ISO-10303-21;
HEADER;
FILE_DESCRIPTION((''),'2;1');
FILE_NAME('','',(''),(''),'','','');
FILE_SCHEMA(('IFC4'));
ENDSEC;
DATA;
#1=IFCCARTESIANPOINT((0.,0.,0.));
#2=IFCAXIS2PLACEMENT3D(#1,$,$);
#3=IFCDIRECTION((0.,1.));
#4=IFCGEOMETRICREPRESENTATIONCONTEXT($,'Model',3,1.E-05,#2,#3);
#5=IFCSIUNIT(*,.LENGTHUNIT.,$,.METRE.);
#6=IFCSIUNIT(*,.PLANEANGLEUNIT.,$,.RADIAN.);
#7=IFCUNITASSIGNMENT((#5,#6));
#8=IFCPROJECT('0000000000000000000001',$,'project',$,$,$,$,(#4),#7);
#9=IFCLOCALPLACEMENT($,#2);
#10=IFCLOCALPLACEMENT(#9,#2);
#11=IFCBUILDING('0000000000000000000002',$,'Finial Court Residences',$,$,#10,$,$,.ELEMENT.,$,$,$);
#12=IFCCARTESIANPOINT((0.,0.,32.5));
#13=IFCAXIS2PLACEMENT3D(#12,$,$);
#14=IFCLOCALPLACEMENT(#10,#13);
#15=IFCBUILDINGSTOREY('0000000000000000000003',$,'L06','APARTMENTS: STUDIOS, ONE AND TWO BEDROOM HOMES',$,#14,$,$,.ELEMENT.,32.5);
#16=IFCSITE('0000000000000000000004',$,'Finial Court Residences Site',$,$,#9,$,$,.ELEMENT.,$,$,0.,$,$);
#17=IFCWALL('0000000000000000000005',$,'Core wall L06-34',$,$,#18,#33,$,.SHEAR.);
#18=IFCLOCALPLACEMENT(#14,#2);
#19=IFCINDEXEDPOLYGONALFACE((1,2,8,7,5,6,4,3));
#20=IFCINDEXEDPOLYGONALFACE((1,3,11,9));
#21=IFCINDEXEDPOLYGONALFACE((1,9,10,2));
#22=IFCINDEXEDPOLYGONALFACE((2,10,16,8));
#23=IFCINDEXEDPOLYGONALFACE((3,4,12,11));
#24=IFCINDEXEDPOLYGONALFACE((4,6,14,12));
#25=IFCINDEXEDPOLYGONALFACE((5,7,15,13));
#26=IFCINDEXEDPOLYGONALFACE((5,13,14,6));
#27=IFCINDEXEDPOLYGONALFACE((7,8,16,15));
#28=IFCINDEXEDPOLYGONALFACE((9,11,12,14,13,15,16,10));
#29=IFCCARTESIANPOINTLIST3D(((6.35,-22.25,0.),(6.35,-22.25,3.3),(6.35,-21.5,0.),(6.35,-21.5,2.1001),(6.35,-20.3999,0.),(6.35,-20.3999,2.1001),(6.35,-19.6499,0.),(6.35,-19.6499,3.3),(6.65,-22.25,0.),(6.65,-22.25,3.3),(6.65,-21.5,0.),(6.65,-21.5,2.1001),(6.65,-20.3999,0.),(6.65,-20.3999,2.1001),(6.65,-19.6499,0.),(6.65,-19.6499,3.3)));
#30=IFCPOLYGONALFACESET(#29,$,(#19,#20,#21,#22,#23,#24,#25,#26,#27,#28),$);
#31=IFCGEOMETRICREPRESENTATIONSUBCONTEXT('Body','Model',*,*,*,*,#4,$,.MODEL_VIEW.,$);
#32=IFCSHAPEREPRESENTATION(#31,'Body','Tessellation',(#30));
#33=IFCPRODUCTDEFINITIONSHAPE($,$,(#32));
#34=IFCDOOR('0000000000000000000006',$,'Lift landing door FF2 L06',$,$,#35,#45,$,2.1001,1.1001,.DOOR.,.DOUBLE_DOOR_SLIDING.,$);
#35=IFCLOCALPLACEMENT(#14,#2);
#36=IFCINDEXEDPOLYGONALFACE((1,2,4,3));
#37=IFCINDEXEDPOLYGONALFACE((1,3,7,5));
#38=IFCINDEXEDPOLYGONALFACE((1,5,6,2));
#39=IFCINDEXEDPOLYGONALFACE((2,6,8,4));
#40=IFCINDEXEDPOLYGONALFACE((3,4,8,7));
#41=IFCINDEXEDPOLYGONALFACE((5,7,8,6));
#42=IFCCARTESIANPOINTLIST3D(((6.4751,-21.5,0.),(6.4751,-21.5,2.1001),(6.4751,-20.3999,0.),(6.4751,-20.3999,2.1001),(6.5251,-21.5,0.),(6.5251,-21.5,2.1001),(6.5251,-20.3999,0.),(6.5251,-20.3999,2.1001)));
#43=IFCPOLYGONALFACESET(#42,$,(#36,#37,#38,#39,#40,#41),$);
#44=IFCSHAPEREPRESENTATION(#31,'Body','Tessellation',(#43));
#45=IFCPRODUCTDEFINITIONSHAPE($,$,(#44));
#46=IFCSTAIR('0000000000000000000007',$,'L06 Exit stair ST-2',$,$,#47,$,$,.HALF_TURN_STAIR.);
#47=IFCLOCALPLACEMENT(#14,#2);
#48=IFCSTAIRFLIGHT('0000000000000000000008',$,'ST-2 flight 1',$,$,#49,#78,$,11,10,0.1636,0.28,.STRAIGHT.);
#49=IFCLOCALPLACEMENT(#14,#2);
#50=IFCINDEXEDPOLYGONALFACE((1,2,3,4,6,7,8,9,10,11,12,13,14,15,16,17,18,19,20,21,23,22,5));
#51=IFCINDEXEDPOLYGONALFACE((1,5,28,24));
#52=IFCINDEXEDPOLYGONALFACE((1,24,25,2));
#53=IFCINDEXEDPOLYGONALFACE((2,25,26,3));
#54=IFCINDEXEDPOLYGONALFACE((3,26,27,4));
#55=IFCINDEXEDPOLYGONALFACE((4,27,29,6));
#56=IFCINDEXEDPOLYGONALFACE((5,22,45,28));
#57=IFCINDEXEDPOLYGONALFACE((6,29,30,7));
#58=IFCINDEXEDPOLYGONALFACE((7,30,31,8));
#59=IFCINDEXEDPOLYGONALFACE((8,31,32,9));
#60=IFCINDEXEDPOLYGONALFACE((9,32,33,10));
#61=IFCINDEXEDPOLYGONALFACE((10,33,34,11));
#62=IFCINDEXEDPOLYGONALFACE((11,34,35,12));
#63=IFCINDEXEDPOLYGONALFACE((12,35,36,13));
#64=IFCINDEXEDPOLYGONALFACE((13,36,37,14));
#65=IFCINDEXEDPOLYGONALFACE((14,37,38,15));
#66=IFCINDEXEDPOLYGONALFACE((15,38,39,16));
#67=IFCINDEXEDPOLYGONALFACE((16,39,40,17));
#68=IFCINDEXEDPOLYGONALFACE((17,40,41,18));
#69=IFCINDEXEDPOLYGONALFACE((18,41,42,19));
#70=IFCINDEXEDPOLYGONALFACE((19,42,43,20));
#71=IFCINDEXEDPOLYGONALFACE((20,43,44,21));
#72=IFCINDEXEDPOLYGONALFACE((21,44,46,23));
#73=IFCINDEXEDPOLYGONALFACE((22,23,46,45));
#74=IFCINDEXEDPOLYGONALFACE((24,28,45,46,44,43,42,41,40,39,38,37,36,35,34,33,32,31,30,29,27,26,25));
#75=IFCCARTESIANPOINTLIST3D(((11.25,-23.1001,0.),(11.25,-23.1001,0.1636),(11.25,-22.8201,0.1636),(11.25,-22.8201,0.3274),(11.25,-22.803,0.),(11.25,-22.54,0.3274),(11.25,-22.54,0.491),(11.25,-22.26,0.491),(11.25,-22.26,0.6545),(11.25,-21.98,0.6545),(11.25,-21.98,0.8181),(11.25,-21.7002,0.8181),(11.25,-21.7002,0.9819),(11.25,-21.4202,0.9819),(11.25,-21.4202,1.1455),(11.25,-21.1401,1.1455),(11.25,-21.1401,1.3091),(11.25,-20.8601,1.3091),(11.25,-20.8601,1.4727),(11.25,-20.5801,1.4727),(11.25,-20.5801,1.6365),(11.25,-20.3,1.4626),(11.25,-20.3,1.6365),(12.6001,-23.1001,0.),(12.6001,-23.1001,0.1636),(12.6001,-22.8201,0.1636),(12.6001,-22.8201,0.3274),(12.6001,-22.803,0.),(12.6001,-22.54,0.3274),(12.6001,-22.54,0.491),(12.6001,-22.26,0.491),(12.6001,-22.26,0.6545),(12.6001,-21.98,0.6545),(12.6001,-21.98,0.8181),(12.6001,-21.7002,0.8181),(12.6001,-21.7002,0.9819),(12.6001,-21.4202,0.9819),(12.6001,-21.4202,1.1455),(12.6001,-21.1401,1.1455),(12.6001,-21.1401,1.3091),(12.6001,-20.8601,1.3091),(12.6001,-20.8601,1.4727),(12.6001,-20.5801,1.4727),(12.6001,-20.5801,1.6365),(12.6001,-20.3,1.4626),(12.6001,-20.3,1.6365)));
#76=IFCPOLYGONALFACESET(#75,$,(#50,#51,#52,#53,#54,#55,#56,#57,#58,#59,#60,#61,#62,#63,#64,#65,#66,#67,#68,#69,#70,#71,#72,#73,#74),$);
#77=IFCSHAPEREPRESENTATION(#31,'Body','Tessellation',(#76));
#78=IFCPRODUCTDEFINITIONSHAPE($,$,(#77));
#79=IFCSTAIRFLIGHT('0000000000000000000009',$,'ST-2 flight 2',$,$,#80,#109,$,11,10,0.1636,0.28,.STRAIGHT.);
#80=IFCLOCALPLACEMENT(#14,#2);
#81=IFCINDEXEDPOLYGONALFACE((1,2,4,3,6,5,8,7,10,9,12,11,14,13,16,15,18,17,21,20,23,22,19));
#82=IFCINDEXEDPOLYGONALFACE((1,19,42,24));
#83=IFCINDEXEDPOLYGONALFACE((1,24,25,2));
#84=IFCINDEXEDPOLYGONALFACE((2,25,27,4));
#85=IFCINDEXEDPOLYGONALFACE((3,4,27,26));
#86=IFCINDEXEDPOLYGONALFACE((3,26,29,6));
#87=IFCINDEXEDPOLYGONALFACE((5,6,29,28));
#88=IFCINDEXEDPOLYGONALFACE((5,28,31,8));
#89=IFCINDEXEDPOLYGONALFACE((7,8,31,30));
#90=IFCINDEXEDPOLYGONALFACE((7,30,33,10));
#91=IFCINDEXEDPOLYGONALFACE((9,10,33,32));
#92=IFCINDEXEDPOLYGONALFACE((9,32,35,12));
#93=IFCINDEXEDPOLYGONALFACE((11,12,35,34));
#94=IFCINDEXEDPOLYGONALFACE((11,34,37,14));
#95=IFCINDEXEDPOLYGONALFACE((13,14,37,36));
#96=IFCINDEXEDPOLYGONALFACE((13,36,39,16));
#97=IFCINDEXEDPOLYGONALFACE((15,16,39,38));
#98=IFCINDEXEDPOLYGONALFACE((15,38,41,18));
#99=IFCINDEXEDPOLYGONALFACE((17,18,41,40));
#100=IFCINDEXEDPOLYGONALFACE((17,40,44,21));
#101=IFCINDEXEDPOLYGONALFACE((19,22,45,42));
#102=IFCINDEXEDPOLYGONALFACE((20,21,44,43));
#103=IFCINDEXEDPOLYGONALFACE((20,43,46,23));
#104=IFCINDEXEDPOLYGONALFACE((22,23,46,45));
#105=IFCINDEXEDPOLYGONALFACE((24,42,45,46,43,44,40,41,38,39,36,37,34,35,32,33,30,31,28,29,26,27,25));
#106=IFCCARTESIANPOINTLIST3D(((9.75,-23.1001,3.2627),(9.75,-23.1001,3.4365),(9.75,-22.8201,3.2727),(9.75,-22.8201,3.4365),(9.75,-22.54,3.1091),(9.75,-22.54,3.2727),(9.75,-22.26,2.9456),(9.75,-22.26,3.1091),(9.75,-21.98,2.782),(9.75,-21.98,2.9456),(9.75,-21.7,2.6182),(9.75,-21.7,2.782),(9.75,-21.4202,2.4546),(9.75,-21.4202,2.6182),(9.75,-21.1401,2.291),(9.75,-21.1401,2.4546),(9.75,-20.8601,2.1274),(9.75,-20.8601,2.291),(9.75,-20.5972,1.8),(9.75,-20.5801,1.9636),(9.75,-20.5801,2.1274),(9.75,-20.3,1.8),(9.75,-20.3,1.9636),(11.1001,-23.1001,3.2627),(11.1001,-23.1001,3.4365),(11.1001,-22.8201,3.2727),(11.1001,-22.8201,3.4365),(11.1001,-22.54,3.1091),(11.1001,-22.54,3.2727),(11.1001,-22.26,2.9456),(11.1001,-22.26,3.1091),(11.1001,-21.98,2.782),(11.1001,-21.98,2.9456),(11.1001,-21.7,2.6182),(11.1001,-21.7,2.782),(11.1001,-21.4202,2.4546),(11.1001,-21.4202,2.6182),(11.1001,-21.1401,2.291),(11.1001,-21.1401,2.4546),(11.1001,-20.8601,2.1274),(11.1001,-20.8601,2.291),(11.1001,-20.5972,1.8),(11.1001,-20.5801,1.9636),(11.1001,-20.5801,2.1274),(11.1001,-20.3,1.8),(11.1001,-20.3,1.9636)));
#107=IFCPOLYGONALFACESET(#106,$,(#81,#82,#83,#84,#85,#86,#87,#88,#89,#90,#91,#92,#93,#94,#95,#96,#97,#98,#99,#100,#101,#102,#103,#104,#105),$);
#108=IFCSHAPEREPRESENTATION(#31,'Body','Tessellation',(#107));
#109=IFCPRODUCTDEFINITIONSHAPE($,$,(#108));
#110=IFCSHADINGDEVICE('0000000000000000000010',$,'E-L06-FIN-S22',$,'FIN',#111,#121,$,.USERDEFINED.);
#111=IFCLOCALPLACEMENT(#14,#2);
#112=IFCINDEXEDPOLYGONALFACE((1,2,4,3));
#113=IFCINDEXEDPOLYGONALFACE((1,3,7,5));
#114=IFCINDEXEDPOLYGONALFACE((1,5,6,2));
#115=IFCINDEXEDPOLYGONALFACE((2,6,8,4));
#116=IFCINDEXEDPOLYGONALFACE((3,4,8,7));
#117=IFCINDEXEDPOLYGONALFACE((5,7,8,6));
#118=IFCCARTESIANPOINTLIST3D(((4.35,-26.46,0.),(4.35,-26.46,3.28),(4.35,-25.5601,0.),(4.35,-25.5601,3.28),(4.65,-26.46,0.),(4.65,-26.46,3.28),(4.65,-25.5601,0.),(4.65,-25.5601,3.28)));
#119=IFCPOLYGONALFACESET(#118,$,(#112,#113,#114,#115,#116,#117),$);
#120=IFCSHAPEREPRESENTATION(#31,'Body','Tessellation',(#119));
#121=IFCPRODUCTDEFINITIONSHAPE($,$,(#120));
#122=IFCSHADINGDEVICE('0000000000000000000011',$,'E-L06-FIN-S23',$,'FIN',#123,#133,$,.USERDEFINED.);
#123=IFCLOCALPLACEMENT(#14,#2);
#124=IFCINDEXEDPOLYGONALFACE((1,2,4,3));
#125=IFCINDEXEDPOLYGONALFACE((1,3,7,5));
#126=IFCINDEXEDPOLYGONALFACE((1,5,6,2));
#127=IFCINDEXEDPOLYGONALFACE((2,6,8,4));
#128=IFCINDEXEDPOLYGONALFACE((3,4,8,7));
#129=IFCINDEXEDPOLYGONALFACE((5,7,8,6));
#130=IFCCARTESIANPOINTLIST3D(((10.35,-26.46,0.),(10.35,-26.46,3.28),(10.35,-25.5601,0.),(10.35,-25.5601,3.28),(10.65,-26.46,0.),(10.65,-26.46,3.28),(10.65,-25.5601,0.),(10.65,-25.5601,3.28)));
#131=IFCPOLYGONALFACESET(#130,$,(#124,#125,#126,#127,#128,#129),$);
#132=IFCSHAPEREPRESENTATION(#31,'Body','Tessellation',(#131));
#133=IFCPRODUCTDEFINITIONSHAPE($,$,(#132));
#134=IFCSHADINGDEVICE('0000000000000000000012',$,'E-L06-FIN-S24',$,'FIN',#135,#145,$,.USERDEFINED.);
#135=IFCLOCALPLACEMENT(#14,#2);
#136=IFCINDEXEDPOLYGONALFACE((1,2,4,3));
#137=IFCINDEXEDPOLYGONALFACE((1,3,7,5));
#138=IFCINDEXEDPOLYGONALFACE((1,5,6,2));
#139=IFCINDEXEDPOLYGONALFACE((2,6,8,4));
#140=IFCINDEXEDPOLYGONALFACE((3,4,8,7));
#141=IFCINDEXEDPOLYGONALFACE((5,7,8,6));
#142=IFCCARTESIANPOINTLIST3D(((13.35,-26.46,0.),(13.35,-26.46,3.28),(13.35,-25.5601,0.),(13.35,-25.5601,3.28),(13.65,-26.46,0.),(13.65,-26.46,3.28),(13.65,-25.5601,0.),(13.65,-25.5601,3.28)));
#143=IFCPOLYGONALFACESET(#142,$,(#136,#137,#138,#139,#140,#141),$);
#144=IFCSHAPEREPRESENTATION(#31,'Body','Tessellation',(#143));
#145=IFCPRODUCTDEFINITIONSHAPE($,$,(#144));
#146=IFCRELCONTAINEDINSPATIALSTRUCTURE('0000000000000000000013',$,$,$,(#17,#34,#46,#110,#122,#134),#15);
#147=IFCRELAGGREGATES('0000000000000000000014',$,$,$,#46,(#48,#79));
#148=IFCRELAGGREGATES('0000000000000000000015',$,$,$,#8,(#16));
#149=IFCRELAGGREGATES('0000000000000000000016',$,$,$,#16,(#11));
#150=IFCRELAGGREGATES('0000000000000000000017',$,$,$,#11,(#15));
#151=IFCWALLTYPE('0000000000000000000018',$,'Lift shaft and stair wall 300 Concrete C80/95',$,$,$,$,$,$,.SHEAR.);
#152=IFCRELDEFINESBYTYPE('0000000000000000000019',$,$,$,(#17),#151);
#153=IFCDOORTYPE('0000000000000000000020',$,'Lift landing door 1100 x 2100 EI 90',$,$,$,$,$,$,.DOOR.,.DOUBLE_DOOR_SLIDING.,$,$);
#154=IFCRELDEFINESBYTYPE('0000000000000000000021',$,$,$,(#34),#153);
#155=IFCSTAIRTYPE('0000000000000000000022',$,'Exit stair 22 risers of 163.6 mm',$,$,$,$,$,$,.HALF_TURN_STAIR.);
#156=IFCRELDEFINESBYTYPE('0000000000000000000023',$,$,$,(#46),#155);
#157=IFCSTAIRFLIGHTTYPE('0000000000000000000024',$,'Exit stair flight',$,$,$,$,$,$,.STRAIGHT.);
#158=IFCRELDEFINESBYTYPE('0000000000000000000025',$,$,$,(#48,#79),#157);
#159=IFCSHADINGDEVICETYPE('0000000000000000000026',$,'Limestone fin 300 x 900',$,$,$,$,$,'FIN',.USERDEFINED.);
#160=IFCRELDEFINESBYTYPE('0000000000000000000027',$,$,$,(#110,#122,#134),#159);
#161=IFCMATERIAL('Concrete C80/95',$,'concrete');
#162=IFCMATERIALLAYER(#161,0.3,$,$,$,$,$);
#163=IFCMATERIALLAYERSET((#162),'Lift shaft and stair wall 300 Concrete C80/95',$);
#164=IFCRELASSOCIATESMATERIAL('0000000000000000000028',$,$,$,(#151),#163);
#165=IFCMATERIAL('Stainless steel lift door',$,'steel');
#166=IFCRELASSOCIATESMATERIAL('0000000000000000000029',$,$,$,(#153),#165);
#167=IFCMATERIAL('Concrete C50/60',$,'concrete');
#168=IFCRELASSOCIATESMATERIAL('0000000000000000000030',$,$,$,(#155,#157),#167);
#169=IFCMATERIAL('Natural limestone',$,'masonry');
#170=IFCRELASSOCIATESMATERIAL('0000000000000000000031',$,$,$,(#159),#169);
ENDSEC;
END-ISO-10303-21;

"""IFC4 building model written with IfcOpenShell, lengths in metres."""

from ifc_helpers import new_model, si_unit, direction, frame, frame_2d, origin, origin_2d, place, context, subcontext, project, spatial, polyline, rectangle, outline, extrude, material, layer, layer_set, type_object, element, fill, aggregate, save


model = new_model("IFC4")

# Units and contexts
model_context = context("Model", 3, precision=1e-05, world=origin(), true_north=direction((0.0, 1.0)))
body_context = subcontext(model_context, "Body", "Model", "MODEL_VIEW")
ifc_project = project(units=[si_unit("LENGTHUNIT", "METRE"), si_unit("PLANEANGLEUNIT", "RADIAN")], contexts=[model_context])

# Site, building, storey
site_placement = place(None, origin())
site = spatial("IfcSite", under=ifc_project, at=site_placement, Name="Finial Court Residences Site", CompositionType="ELEMENT", RefElevation=0.0)
building_placement = place(site_placement, origin())
building = spatial("IfcBuilding", under=site, at=building_placement, Name="Finial Court Residences", CompositionType="ELEMENT")
storey_placement = place(building_placement, frame((0.0, 0.0, 32.5)))
storey = spatial("IfcBuildingStorey", under=building, at=storey_placement, Name="L06", Description="APARTMENTS: STUDIOS, ONE AND TWO BEDROOM HOMES", CompositionType="ELEMENT", Elevation=32.5)

# Shared definitions
ifc_material_1 = material(Name="Concrete C80/95", Category="concrete")

# Shared definitions
ifc_layer_1 = layer(ifc_material_1, 0.3)
ifc_layer_set_1 = layer_set([ifc_layer_1], Name="Lift shaft and stair wall 300 Concrete C80/95")
wall_type_1 = type_object("IfcWallType", Name="Lift shaft and stair wall 300 Concrete C80/95", PredefinedType="SHEAR", material=ifc_layer_set_1)

# Wall, opening, door
ifc_material_2 = material(Name="Stainless steel lift door", Category="steel")
door_type_1 = type_object("IfcDoorType", Name="Lift landing door 1100 x 2100 EI 90", OperationType="DOUBLE_DOOR_SLIDING", PredefinedType="DOOR", material=ifc_material_2)
wall_1_placement = place(storey_placement, frame((6.5, -22.25, 0.0), z_axis=(0.0, 0.0, 1.0), x_axis=(0.0, 1.0, 0.0)))
wall_1 = element("IfcWall", 1, at=wall_1_placement, inside=storey, type_object=wall_type_1, Name="Core wall L06-34", PredefinedType="SHEAR", context=body_context, shape_type="SweptSolid", body=[
    extrude(rectangle(XDim=2.6001, YDim=0.3, at=frame_2d((1.3, 0.0))), origin(), (0.0, 0.0, 1.0), 3.3),
])
opening_1_placement = place(wall_1_placement, frame((0.75, 0.0, 0.0)))
opening_1 = element("IfcOpeningElement", 2, at=opening_1_placement, cuts=wall_1, PredefinedType="OPENING", context=body_context, shape_type="SweptSolid", body=[
    extrude(rectangle(XDim=1.1001, YDim=2.1001, at=frame_2d((0.55, 1.05))), frame((0.0, 0.1599, 0.0), z_axis=(0.0, -1.0, 0.0), x_axis=(1.0, 0.0, 0.0)), (0.0, 0.0, 1.0), 0.3201),
])
door_1_placement = place(opening_1_placement, origin())
door_1 = element("IfcDoor", 3, at=door_1_placement, inside=storey, type_object=door_type_1, Name="Lift landing door FF2 L06", OperationType="DOUBLE_DOOR_SLIDING", OverallHeight=2.1001, OverallWidth=1.1001, PredefinedType="DOOR", context=body_context, shape_type="SweptSolid", body=[
    extrude(rectangle(XDim=1.1001, YDim=2.1001, at=frame_2d((0.55, 1.05))), frame((0.0, 0.0249, 0.0), z_axis=(0.0, -1.0, 0.0), x_axis=(1.0, 0.0, 0.0)), (0.0, 0.0, 1.0), 0.05),
])
fill(opening_1, door_1)

# Stair, stair flights
ifc_material_3 = material(Name="Concrete C50/60", Category="concrete")
stair_type = type_object("IfcStairType", Name="Exit stair 22 risers of 163.6 mm", PredefinedType="HALF_TURN_STAIR", material=ifc_material_3)
stair_placement = place(storey_placement, origin())
stair = element("IfcStair", 4, at=stair_placement, inside=storey, type_object=stair_type, Name="L06 Exit stair ST-2", PredefinedType="HALF_TURN_STAIR")
stair_flight_type = type_object("IfcStairFlightType", Name="Exit stair flight", PredefinedType="STRAIGHT", material=ifc_material_3)
stair_flight_1_placement = place(storey_placement, frame((11.925, -23.1001, 0.0), z_axis=(0.0, 0.0, 1.0), x_axis=(0.0, 1.0, 0.0)))
stair_flight_1 = element("IfcStairFlight", 5, at=stair_flight_1_placement, type_object=stair_flight_type, Name="ST-2 flight 1", NumberOfRisers=11, NumberOfTreads=10, PredefinedType="STRAIGHT", RiserHeight=0.1636, TreadLength=0.28, context=body_context, shape_type="SweptSolid", body=[
    extrude(outline(polyline([(0.0, 0.0), (0.0, 0.1636), (0.28, 0.1636), (0.28, 0.3274), (0.5601, 0.3274), (0.5601, 0.491), (0.8401, 0.491), (0.8401, 0.6545), (1.1201, 0.6545), (1.1201, 0.8181), (1.3999, 0.8181), (1.3999, 0.9819), (1.6799, 0.9819), (1.6799, 1.1455), (1.96, 1.1455), (1.96, 1.3091), (2.24, 1.3091), (2.24, 1.4727), (2.52, 1.4727), (2.52, 1.6365), (2.8, 1.6365), (2.8, 1.8), (2.8, 1.4626), (0.2971, 0.0), (0.0, 0.0)])), frame((0.0, 0.675, 0.0), z_axis=(0.0, -1.0, 0.0), x_axis=(1.0, 0.0, 0.0)), (0.0, 0.0, 1.0), 1.3501),
])
stair_flight_2_placement = place(storey_placement, frame((10.425, -20.3, 1.8), z_axis=(0.0, 0.0, 1.0), x_axis=(0.0, -1.0, 0.0)))
stair_flight_2 = element("IfcStairFlight", 6, at=stair_flight_2_placement, type_object=stair_flight_type, Name="ST-2 flight 2", NumberOfRisers=11, NumberOfTreads=10, PredefinedType="STRAIGHT", RiserHeight=0.1636, TreadLength=0.28, context=body_context, shape_type="SweptSolid", body=[
    extrude(outline(polyline([(0.0, 0.0), (0.0, 0.1636), (0.28, 0.1636), (0.28, 0.3274), (0.5601, 0.3274), (0.5601, 0.491), (0.8401, 0.491), (0.8401, 0.6545), (1.1201, 0.6545), (1.1201, 0.8181), (1.3999, 0.8181), (1.3999, 0.9819), (1.6799, 0.9819), (1.6799, 1.1455), (1.96, 1.1455), (1.96, 1.3091), (2.24, 1.3091), (2.24, 1.4727), (2.52, 1.4727), (2.52, 1.6365), (2.8, 1.6365), (2.8, 1.8), (2.8, 1.4626), (0.2971, 0.0), (0.0, 0.0)])), frame((0.0, 0.675, 0.0), z_axis=(0.0, -1.0, 0.0), x_axis=(1.0, 0.0, 0.0)), (0.0, 0.0, 1.0), 1.3501),
])
aggregate(stair, [stair_flight_1, stair_flight_2])

# Shading devices
ifc_material_4 = material(Name="Natural limestone", Category="masonry")
shading_device_type = type_object("IfcShadingDeviceType", Name="Limestone fin 300 x 900", ElementType="FIN", PredefinedType="USERDEFINED", material=ifc_material_4)
for number, where, z_axis, x_axis, name in (
    (7, (4.5, -26.01, 0.0), (0.0, 0.0, 1.0), (1.0, 0.0, 0.0), "E-L06-FIN-S22"),
    (8, (10.5, -26.01, 0.0), (0.0, 0.0, 1.0), (1.0, 0.0, 0.0), "E-L06-FIN-S23"),
    (9, (13.5, -26.01, 0.0), (0.0, 0.0, 1.0), (1.0, 0.0, 0.0), "E-L06-FIN-S24"),
):
    element("IfcShadingDevice", number, at=place(storey_placement, frame(where, z_axis=z_axis, x_axis=x_axis)), inside=storey, type_object=shading_device_type, Name=name, ObjectType="FIN", PredefinedType="USERDEFINED", context=body_context, shape_type="SweptSolid", body=[
        extrude(rectangle(XDim=0.3, YDim=0.8999, at=origin_2d()), origin(), (0.0, 0.0, 1.0), 3.28),
    ])

save(model, "model.ifc")
